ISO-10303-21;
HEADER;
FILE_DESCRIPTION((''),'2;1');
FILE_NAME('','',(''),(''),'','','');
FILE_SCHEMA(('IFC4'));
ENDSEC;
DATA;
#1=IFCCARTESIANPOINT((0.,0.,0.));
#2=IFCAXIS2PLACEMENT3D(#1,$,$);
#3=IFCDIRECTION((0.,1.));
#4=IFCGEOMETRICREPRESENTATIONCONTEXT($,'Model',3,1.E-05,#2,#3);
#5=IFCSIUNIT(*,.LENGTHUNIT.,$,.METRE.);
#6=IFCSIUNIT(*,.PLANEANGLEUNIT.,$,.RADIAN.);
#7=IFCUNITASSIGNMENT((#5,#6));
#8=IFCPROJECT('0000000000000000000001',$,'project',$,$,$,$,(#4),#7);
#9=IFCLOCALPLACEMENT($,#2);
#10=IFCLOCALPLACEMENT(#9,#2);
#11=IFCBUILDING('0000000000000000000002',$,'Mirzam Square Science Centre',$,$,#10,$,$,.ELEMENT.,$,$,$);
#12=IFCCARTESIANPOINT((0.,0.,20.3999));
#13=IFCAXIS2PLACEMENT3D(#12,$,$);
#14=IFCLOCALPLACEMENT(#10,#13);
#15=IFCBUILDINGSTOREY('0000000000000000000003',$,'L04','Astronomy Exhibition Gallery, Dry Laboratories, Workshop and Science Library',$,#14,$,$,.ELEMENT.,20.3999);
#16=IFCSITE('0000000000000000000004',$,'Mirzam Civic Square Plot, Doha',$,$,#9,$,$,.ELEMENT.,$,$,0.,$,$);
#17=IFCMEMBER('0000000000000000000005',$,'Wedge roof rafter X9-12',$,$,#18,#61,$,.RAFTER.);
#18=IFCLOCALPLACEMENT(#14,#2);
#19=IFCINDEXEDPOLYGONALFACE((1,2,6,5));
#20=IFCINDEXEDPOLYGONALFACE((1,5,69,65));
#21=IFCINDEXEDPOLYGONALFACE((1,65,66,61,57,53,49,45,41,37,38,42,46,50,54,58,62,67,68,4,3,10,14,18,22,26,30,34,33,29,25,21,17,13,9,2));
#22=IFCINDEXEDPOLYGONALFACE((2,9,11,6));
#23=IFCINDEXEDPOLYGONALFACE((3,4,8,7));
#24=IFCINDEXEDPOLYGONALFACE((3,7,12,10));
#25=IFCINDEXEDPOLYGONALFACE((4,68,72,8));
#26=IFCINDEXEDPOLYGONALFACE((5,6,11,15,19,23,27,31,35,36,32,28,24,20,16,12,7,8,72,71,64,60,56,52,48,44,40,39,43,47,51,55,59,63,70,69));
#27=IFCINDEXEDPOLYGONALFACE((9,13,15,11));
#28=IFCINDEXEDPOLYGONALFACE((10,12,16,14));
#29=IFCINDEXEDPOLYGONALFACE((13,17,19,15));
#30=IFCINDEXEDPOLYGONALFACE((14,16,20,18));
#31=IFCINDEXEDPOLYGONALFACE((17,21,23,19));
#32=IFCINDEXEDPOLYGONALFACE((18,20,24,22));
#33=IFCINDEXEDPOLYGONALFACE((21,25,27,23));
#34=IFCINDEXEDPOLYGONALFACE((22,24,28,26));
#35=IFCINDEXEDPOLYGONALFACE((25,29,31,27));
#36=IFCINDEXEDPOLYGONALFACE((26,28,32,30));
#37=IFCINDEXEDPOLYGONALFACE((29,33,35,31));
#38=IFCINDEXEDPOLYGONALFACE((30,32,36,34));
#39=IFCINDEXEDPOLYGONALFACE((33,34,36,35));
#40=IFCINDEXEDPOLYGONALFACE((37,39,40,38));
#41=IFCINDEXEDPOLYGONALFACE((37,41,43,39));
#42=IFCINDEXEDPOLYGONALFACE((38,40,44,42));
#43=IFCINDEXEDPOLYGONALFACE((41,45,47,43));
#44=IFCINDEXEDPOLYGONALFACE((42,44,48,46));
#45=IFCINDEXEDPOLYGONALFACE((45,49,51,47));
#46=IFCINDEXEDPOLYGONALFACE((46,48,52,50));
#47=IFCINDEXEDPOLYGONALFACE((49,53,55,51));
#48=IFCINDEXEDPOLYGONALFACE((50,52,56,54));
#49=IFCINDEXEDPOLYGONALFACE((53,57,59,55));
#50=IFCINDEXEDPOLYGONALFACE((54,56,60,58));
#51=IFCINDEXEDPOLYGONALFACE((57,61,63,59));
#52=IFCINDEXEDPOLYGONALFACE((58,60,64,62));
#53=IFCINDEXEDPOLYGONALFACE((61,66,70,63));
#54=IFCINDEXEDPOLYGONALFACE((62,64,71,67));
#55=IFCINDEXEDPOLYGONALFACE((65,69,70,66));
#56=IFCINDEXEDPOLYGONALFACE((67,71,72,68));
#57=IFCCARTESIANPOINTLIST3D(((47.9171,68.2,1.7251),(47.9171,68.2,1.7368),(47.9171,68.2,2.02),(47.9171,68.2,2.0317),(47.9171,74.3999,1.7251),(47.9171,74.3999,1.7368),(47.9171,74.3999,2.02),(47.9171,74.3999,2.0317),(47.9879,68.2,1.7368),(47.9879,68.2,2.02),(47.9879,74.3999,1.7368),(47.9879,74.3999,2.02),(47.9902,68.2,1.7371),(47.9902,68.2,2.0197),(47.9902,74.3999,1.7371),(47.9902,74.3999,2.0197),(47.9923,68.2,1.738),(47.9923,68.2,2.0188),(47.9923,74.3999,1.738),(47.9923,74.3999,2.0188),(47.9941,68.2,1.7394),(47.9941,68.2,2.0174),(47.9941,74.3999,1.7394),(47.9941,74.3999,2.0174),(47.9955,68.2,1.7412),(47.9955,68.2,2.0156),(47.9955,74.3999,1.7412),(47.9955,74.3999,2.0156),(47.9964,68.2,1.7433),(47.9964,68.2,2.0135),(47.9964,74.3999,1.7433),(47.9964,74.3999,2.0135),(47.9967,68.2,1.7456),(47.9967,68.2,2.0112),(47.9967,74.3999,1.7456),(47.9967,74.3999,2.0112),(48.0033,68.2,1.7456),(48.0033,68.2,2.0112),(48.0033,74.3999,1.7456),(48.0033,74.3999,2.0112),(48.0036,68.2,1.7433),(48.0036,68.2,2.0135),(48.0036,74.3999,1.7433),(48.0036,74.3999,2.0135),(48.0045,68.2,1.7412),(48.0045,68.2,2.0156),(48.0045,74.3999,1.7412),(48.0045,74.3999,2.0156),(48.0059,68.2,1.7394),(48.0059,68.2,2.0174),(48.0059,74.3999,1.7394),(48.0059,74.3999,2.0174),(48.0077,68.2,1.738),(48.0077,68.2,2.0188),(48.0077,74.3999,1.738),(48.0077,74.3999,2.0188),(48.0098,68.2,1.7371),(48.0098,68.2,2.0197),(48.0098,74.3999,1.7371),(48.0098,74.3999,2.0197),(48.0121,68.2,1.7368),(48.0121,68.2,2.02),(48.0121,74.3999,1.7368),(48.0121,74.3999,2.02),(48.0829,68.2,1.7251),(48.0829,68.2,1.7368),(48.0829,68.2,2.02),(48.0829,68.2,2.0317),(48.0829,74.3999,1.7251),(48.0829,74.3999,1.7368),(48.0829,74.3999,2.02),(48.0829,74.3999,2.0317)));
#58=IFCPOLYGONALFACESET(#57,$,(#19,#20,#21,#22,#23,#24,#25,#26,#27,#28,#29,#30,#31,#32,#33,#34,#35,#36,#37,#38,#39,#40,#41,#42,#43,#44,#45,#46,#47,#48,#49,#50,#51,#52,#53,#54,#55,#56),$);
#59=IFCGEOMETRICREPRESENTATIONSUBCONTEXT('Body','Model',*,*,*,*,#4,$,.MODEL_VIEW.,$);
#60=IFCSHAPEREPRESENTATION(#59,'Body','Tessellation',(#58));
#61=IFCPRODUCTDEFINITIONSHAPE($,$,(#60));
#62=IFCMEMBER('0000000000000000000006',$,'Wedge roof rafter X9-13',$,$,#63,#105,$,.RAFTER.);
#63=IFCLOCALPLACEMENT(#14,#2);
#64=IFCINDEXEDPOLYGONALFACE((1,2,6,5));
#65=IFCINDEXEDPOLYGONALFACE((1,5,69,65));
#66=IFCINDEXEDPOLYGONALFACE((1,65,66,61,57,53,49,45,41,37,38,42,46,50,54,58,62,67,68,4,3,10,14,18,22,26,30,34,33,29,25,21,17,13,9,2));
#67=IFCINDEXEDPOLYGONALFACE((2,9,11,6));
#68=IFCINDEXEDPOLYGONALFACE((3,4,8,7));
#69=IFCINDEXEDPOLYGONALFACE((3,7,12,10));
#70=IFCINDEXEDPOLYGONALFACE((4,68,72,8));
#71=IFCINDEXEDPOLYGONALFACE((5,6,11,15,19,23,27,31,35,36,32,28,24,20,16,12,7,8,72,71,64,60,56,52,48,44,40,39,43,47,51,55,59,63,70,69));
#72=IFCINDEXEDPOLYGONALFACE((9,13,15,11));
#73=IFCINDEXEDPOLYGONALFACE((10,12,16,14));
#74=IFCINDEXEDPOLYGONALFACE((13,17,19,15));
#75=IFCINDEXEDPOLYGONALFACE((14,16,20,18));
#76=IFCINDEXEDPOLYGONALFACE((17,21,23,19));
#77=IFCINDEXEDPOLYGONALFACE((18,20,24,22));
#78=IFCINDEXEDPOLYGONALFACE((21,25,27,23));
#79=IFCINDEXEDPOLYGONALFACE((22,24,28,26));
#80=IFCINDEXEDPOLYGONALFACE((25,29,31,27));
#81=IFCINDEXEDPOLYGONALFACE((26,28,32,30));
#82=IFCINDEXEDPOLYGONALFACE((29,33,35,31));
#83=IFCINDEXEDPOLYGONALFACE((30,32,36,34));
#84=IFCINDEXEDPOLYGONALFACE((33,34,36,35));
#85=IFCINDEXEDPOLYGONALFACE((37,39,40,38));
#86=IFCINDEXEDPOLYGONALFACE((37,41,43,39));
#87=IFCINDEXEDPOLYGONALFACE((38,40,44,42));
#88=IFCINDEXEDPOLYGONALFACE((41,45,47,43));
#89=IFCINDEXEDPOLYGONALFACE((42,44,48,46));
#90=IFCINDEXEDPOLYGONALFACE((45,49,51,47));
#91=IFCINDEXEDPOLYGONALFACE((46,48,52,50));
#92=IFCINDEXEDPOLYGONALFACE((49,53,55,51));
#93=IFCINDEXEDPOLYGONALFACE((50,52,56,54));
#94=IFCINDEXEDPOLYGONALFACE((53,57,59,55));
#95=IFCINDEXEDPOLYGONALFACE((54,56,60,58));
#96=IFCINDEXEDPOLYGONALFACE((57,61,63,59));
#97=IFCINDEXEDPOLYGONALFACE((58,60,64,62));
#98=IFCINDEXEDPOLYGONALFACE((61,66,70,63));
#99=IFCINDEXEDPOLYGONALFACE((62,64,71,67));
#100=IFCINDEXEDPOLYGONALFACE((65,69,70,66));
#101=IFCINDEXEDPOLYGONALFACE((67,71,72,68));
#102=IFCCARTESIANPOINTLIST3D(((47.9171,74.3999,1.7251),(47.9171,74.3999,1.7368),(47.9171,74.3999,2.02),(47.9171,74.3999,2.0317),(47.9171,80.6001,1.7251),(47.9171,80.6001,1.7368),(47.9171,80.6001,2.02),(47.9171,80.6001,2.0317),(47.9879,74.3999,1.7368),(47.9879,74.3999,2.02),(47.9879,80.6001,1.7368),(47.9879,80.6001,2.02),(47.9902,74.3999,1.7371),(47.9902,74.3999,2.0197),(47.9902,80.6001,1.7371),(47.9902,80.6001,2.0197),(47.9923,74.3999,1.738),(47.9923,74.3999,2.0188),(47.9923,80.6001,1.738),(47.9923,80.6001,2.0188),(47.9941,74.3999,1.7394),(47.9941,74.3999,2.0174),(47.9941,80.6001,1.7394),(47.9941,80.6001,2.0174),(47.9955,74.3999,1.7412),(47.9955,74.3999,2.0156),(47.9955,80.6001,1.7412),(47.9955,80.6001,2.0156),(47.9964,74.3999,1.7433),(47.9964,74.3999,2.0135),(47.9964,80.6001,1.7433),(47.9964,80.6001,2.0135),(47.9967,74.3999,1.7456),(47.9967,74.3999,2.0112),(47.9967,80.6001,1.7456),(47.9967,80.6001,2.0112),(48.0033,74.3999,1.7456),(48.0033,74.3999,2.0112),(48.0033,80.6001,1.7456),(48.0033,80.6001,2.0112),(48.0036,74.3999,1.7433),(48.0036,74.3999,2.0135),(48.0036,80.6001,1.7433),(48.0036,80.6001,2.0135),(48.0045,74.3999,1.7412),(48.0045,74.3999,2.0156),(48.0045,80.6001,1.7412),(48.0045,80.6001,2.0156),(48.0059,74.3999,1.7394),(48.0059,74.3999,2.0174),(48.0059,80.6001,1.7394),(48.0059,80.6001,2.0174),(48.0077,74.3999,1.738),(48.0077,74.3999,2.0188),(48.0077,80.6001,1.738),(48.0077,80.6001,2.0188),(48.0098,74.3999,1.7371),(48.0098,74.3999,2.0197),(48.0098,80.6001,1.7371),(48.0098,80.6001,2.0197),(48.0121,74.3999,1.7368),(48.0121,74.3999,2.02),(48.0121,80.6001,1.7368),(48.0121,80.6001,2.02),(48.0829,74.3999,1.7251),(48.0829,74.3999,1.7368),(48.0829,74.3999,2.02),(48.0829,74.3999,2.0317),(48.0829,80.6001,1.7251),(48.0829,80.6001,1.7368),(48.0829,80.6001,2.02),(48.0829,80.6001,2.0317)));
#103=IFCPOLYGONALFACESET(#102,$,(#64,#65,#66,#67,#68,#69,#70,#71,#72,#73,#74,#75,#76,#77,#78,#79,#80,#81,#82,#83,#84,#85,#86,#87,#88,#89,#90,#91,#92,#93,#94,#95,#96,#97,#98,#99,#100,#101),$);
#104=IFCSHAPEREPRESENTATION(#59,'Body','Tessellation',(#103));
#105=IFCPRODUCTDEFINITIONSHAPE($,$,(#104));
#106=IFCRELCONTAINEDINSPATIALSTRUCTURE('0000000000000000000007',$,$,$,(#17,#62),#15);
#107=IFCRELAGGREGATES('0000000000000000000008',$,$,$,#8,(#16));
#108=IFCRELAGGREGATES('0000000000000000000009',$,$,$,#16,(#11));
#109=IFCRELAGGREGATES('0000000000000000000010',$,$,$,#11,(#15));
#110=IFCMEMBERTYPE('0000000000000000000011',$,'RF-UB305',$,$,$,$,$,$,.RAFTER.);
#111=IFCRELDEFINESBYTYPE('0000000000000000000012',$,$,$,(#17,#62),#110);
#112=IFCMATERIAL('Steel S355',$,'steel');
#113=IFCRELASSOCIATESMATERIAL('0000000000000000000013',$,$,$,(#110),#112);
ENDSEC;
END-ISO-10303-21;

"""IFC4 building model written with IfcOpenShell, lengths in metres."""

from ifc_helpers import new_model, si_unit, direction, frame, origin, origin_2d, place, context, subcontext, project, spatial, i_section, extrude, material, material_profile, profile_set, type_object, element, save


model = new_model("IFC4")

# Units and contexts
model_context = context("Model", 3, precision=1e-05, world=origin(), true_north=direction((0.0, 1.0)))
body_context = subcontext(model_context, "Body", "Model", "MODEL_VIEW")
ifc_project = project(units=[si_unit("LENGTHUNIT", "METRE"), si_unit("PLANEANGLEUNIT", "RADIAN")], contexts=[model_context])

# Site, building, storey
site_placement = place(None, origin())
site = spatial("IfcSite", under=ifc_project, at=site_placement, Name="Mirzam Civic Square Plot, Doha", CompositionType="ELEMENT", RefElevation=0.0)
building_placement = place(site_placement, origin())
building = spatial("IfcBuilding", under=site, at=building_placement, Name="Mirzam Square Science Centre", CompositionType="ELEMENT")
storey_placement = place(building_placement, frame((0.0, 0.0, 20.3999)))
storey = spatial("IfcBuildingStorey", under=building, at=storey_placement, Name="L04", Description="Astronomy Exhibition Gallery, Dry Laboratories, Workshop and Science Library", CompositionType="ELEMENT", Elevation=20.3999)

# Members
ifc_material = material(Name="Steel S355", Category="steel")
ifc_material_profile_1 = material_profile(ifc_material, i_section(OverallWidth=0.1658, OverallDepth=0.3066, WebThickness=0.0066, FlangeThickness=0.0117, FilletRadius=0.0088, at=origin_2d()), Name="305x165x46UB")
ifc_profile_set_1 = profile_set([ifc_material_profile_1], Name="Steel S355")
member_type_1 = type_object("IfcMemberType", Name="RF-UB305", PredefinedType="RAFTER", material=ifc_profile_set_1)
for number, where, z_axis, x_axis, name in (
    (1, (48.0, 68.2, 1.8784), (0.0, 1.0, 0.0), (-1.0, 0.0, 0.0), "Wedge roof rafter X9-12"),
):
    element("IfcMember", number, at=place(storey_placement, frame(where, z_axis=z_axis, x_axis=x_axis)), inside=storey, type_object=member_type_1, Name=name, PredefinedType="RAFTER", context=body_context, shape_type="SweptSolid", body=[
        extrude(i_section(OverallWidth=0.1658, OverallDepth=0.3066, WebThickness=0.0066, FlangeThickness=0.0117, FilletRadius=0.0088, at=origin_2d()), origin(), (0.0, 0.0, 1.0), 6.2),
    ])
member_1_placement = place(storey_placement, frame((48.0, 74.3999, 1.8784), z_axis=(0.0, 1.0, 0.0), x_axis=(-1.0, 0.0, 0.0)))
element("IfcMember", 2, at=member_1_placement, inside=storey, type_object=member_type_1, Name="Wedge roof rafter X9-13", PredefinedType="RAFTER", context=body_context, shape_type="SweptSolid", body=[
    extrude(i_section(OverallWidth=0.1658, OverallDepth=0.3066, WebThickness=0.0066, FlangeThickness=0.0117, FilletRadius=0.0088, at=origin_2d()), origin(), (0.0, 0.0, 1.0), 6.2002),
])

save(model, "model.ifc")
